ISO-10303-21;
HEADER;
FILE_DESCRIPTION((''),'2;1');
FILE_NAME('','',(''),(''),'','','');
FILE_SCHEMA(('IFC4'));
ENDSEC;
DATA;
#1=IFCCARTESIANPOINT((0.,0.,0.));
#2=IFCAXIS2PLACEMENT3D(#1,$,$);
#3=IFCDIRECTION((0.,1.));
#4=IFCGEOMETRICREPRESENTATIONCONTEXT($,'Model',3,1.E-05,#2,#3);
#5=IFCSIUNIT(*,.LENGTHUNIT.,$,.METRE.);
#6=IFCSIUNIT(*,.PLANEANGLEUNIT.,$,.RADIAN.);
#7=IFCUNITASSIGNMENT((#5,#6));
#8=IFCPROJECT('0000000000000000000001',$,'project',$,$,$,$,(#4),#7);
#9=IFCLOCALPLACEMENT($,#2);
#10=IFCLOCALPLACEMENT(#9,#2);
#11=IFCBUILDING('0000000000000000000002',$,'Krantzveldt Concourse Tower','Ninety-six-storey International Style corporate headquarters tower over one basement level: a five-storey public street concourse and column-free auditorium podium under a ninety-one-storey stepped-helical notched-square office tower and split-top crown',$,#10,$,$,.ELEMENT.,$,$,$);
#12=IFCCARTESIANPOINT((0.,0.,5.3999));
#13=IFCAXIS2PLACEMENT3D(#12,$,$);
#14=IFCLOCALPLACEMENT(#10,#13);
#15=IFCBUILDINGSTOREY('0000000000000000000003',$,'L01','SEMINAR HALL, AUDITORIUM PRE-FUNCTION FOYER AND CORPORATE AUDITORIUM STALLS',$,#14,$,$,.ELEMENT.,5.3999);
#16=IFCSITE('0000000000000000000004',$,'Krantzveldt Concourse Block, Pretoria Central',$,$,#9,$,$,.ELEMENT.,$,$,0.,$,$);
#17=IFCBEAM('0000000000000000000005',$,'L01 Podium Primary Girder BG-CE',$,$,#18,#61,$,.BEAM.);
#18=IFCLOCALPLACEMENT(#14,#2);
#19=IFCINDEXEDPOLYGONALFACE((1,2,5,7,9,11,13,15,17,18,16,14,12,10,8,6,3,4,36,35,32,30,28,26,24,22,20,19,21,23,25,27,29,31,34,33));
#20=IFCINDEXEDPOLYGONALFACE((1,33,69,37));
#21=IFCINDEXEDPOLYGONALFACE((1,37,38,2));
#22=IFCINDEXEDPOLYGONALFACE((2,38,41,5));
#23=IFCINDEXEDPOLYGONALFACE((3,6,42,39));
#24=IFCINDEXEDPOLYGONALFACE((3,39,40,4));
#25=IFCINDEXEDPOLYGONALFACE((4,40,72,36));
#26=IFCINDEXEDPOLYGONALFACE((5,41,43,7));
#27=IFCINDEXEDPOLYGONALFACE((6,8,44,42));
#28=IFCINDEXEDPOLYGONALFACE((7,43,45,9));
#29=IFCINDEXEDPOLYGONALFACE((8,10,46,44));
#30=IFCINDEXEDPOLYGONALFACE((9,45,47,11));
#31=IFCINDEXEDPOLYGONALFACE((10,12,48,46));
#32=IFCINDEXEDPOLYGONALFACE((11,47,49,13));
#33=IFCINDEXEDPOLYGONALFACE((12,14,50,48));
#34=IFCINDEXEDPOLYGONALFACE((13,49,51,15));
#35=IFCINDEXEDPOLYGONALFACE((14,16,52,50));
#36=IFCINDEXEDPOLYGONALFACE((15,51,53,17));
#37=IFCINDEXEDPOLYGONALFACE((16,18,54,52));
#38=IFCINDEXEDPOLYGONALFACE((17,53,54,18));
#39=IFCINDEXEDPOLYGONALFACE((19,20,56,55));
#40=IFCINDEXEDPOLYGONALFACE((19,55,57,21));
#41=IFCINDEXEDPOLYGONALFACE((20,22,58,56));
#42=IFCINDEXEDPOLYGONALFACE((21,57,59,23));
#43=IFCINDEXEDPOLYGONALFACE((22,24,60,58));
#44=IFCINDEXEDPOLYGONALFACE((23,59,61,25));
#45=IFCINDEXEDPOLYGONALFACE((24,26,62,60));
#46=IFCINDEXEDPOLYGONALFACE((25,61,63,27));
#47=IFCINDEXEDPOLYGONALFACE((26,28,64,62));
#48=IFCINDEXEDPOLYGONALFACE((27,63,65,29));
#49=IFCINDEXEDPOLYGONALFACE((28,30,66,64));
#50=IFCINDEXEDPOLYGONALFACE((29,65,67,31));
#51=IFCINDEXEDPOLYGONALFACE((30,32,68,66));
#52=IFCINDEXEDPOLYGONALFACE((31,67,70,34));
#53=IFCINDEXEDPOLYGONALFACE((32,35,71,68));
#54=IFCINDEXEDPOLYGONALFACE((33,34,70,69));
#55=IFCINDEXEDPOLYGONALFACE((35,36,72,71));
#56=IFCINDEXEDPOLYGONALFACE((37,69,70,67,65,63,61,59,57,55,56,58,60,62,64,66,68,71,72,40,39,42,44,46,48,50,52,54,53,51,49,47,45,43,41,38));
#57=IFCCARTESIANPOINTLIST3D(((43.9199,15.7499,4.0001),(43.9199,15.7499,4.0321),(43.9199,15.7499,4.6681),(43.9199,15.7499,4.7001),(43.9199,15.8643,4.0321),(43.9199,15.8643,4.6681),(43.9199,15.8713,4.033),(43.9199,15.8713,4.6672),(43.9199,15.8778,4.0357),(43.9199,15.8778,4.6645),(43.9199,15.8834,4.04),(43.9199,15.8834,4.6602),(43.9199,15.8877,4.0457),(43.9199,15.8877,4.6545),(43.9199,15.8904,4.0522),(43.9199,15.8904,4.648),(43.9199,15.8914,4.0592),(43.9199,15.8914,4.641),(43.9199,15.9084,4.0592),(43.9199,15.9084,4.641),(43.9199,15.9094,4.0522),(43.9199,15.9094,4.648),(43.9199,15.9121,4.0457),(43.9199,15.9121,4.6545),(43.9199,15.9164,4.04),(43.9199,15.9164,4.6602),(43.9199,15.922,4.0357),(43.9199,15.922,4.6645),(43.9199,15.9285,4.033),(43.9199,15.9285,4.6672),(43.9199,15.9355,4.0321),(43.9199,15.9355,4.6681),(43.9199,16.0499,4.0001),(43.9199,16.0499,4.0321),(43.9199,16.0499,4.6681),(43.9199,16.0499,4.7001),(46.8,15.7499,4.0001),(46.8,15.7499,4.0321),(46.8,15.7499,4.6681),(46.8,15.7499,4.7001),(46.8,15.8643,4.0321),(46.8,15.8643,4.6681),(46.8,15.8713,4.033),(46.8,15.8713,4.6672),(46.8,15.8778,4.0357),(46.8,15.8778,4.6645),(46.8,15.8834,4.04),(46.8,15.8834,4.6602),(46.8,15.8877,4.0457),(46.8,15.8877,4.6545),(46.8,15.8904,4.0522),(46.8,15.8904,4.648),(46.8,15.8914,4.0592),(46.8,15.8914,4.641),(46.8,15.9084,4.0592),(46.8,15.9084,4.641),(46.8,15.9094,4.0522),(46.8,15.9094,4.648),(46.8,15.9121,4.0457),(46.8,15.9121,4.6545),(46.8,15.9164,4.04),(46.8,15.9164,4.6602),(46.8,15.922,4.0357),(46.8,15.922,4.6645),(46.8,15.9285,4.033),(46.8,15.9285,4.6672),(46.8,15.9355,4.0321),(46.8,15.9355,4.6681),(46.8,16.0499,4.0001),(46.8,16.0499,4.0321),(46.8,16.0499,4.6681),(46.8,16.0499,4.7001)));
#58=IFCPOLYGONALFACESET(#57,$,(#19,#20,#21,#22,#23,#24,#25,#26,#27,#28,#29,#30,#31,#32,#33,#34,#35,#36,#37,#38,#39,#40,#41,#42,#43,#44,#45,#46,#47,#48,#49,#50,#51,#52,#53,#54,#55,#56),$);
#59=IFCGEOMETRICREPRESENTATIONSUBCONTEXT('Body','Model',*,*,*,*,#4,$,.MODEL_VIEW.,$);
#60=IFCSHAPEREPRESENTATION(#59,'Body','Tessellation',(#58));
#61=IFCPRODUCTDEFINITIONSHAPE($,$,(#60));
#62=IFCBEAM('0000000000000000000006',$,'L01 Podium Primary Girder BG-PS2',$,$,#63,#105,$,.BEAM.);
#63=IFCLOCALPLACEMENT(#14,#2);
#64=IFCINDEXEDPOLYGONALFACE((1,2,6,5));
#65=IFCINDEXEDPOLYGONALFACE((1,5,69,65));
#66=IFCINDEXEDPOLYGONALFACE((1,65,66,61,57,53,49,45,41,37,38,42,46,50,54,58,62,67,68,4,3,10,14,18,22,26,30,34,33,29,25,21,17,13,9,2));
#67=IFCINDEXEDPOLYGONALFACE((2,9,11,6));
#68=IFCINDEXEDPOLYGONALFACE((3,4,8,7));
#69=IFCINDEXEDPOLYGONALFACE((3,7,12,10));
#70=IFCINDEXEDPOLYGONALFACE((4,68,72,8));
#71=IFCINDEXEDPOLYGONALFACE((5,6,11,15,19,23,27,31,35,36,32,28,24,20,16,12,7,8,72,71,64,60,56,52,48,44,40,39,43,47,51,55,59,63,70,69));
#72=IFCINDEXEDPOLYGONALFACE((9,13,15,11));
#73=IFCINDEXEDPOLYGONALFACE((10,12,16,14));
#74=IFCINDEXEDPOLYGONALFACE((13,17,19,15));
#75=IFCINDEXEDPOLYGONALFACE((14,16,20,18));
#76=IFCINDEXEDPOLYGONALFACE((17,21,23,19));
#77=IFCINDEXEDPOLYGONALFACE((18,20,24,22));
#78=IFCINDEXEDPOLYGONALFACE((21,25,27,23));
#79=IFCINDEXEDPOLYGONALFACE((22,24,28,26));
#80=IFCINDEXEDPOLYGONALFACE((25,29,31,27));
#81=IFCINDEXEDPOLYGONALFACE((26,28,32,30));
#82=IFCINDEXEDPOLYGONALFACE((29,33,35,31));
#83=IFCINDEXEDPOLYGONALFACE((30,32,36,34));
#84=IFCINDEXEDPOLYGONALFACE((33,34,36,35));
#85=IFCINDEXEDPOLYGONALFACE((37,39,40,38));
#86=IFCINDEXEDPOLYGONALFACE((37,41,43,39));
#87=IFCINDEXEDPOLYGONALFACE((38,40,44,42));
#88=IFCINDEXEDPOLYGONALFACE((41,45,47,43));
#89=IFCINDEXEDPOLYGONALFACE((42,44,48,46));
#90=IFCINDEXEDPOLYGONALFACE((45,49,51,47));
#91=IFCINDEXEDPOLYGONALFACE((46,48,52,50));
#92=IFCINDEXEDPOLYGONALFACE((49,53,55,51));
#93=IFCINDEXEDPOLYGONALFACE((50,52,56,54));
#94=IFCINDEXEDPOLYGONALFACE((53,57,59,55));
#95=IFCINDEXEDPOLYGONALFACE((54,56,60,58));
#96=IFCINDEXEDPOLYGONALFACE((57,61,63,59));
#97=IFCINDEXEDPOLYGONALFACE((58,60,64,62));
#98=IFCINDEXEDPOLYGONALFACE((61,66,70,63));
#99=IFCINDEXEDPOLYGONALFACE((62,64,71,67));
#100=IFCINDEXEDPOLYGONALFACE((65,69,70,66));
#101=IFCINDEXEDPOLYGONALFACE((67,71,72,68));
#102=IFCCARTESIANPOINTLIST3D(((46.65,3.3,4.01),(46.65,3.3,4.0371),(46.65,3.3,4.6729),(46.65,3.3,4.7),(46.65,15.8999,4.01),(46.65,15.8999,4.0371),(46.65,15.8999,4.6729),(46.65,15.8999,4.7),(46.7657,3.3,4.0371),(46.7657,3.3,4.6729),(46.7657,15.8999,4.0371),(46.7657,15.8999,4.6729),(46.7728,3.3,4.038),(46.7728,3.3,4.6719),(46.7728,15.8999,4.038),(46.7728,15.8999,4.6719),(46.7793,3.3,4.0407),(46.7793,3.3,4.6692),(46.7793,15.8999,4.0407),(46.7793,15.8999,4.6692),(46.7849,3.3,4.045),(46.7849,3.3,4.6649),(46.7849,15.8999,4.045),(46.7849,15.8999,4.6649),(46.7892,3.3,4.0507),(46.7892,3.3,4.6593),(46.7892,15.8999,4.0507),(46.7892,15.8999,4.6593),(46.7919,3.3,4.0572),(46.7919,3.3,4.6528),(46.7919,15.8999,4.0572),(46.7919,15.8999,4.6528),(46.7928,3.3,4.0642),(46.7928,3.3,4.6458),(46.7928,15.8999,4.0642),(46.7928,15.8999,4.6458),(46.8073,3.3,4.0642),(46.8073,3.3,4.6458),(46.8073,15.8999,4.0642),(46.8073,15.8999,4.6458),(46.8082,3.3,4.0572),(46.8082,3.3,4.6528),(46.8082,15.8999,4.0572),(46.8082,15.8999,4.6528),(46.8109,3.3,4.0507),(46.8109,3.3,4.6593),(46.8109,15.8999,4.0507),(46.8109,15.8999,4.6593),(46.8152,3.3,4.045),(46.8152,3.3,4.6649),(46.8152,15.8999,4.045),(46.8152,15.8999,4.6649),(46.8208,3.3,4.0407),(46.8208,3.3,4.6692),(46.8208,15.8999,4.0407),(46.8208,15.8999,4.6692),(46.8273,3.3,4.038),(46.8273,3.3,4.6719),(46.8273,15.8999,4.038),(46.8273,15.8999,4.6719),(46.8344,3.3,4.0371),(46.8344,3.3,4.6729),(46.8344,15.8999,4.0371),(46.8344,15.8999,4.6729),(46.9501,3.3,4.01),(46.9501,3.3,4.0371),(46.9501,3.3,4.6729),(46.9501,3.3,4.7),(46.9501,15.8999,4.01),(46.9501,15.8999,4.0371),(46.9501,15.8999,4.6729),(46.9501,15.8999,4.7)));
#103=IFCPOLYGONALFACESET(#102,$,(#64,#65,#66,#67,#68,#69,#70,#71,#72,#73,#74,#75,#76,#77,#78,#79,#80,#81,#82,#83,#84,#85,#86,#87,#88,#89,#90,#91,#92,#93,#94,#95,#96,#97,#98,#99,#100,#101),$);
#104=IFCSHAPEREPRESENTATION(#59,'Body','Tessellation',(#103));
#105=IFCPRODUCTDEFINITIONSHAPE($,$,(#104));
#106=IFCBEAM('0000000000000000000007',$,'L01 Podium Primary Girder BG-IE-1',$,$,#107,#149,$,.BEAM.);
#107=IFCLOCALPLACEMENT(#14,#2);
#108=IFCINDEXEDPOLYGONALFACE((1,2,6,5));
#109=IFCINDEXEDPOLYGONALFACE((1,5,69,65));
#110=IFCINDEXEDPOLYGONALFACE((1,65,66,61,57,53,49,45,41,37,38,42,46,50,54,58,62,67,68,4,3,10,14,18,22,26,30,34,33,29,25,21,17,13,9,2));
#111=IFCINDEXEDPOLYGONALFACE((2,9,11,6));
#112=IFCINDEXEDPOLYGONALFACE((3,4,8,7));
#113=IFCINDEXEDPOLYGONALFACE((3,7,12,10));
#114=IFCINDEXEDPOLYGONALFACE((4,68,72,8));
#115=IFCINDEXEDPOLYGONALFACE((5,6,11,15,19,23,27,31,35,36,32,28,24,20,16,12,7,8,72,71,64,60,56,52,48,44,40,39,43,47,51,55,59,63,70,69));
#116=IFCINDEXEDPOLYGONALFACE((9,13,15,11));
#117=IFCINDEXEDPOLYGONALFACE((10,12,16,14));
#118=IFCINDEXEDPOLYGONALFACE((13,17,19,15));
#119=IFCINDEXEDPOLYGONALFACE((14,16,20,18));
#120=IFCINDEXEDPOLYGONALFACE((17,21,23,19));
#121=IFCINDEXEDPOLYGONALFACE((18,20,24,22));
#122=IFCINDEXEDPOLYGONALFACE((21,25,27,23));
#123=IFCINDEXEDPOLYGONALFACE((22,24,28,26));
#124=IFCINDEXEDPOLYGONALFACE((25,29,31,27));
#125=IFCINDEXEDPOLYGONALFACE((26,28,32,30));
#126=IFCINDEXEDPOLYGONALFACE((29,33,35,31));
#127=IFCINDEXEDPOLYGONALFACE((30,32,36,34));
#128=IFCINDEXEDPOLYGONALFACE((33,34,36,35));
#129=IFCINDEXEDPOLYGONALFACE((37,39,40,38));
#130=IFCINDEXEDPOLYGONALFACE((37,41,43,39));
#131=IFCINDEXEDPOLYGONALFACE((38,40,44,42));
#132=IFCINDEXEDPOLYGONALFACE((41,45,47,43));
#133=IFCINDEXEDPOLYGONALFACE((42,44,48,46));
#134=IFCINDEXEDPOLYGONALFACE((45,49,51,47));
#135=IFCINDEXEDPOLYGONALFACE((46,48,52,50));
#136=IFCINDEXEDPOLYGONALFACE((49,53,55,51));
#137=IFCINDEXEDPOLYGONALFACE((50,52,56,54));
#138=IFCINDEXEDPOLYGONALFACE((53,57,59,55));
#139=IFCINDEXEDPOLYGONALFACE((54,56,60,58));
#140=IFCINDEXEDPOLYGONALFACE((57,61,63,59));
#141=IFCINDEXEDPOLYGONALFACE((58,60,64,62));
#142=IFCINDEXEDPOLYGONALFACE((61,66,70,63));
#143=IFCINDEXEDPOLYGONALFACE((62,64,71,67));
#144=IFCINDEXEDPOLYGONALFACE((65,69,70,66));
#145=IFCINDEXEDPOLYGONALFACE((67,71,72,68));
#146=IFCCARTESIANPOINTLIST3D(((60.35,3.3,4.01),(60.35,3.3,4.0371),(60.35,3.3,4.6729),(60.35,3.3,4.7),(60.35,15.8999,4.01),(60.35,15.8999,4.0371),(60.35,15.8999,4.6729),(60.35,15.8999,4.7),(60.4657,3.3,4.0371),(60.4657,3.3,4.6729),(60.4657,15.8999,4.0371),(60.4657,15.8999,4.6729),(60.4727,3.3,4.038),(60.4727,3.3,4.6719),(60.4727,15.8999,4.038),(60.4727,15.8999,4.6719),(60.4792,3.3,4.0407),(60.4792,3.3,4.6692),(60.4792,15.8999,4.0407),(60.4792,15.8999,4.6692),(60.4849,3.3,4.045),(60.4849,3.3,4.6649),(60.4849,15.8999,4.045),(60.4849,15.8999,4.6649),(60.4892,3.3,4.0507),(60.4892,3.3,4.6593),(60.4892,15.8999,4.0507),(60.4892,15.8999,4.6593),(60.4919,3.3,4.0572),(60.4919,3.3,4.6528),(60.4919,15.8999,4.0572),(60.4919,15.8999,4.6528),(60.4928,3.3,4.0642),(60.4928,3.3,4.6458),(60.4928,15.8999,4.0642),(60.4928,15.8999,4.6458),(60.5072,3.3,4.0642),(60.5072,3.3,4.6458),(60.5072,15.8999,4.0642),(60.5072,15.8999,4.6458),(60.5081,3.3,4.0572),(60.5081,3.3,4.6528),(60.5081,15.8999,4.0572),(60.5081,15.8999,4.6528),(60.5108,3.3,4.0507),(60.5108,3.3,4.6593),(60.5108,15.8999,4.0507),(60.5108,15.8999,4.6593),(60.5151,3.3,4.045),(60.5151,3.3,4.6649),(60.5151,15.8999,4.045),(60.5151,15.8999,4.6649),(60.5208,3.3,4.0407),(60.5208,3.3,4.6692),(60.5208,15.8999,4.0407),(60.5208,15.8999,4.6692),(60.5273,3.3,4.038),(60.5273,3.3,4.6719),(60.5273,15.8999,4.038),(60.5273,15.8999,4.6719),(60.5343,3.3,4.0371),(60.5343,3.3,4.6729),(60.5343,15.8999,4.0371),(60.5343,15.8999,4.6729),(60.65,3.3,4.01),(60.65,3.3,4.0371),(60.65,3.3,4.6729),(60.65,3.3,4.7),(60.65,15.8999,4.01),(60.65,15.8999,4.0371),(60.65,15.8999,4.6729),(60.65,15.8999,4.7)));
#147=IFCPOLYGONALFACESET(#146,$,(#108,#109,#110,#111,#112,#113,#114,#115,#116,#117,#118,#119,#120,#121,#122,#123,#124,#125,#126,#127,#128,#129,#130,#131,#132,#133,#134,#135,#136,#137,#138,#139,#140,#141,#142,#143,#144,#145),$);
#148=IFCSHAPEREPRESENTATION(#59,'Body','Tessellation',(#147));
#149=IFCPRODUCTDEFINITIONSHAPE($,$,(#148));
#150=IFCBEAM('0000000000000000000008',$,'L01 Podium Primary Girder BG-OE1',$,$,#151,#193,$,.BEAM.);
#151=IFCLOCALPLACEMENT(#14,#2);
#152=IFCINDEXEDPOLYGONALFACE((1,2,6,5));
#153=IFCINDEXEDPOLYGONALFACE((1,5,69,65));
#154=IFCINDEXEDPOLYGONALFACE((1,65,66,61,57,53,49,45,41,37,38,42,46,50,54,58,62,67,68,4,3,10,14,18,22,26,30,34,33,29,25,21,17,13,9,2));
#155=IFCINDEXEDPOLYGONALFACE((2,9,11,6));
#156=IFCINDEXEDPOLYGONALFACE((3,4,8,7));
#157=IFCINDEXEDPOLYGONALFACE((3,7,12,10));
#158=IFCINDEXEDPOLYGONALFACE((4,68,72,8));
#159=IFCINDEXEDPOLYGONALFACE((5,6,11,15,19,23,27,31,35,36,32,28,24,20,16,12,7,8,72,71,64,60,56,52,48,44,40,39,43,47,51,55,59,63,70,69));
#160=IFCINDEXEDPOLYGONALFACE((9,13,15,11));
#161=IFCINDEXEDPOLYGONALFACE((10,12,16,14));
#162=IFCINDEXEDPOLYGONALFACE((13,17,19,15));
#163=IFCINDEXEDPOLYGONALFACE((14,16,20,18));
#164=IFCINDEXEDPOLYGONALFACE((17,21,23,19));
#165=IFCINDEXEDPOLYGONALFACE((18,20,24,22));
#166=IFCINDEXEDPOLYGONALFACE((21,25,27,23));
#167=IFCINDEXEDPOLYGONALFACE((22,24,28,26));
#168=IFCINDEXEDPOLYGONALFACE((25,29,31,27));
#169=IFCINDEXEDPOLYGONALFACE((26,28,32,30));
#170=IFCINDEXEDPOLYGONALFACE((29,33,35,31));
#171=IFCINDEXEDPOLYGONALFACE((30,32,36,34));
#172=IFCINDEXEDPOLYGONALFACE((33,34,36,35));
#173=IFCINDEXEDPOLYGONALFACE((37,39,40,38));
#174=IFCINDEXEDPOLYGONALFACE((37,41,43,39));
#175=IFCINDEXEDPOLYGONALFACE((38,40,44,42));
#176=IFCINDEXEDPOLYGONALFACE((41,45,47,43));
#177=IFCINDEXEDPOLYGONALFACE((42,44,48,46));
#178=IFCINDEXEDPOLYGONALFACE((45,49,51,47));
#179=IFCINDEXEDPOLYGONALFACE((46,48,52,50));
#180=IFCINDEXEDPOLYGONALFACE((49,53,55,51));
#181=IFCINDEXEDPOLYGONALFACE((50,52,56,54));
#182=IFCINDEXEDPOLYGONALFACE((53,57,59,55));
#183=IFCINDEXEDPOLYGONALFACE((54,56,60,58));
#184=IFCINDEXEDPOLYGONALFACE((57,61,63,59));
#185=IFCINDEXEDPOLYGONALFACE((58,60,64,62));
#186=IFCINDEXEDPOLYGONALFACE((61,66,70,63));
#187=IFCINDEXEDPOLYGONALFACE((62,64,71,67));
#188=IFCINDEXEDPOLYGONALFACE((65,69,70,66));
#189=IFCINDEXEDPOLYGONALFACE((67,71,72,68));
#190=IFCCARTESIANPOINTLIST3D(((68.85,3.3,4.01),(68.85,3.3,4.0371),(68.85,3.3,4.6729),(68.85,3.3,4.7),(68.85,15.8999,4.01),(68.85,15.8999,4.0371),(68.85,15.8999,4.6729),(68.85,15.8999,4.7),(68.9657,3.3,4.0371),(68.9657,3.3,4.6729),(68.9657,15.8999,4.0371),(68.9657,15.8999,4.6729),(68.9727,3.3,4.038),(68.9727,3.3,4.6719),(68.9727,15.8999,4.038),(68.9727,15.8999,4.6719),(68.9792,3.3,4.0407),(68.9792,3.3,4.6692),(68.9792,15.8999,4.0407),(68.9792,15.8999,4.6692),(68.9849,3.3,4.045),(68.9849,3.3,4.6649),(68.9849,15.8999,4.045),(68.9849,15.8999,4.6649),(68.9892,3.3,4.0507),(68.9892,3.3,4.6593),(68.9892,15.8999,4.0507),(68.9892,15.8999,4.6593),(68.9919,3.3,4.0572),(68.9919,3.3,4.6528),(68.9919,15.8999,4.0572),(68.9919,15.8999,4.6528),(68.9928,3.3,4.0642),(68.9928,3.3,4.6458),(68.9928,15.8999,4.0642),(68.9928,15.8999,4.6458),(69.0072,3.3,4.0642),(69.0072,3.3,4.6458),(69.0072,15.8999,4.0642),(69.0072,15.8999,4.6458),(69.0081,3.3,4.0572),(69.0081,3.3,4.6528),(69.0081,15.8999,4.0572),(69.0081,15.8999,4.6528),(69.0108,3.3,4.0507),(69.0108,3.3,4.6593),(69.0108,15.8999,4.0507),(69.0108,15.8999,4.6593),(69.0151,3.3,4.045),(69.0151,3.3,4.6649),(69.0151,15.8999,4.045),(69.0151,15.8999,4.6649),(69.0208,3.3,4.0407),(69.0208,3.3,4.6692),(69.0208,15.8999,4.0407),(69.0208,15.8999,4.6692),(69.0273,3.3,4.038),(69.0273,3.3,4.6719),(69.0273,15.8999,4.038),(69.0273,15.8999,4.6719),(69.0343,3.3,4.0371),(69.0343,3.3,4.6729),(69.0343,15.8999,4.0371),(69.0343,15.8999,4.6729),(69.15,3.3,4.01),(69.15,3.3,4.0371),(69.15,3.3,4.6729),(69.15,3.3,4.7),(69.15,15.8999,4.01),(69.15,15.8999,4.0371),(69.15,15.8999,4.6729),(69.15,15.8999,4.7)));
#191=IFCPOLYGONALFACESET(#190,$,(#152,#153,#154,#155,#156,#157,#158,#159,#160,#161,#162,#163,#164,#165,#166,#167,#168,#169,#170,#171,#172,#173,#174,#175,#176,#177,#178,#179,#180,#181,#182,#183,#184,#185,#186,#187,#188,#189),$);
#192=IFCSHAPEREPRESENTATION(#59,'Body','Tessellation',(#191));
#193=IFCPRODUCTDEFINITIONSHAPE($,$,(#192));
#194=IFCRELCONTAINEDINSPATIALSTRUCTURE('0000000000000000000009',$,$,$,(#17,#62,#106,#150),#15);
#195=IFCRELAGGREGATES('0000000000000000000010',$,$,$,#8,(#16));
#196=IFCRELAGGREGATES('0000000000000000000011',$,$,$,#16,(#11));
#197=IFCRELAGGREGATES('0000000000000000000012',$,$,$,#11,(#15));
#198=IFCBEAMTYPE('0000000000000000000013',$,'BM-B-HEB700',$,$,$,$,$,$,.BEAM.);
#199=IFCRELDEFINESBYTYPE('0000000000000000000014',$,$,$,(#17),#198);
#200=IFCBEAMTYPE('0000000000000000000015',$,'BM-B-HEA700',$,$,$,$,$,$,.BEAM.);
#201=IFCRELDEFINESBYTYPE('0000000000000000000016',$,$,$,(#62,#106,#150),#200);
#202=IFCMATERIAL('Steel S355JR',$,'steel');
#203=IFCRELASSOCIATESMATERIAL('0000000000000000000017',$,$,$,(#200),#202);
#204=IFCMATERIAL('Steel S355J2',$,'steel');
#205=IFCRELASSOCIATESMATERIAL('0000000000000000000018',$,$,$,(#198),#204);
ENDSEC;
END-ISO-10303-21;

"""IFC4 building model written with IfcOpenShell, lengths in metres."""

from ifc_helpers import new_model, si_unit, direction, frame, origin, origin_2d, place, context, subcontext, project, spatial, i_section, extrude, source, transform, mapped, material, material_profile, profile_set, type_object, element, save


model = new_model("IFC4")

# Units and contexts
model_context = context("Model", 3, precision=1e-05, world=origin(), true_north=direction((0.0, 1.0)))
body_context = subcontext(model_context, "Body", "Model", "MODEL_VIEW")
ifc_project = project(units=[si_unit("LENGTHUNIT", "METRE"), si_unit("PLANEANGLEUNIT", "RADIAN")], contexts=[model_context])

# Site, building, storey
site_placement = place(None, origin())
site = spatial("IfcSite", under=ifc_project, at=site_placement, Name="Krantzveldt Concourse Block, Pretoria Central", CompositionType="ELEMENT", RefElevation=0.0)
building_placement = place(site_placement, origin())
building = spatial("IfcBuilding", under=site, at=building_placement, Name="Krantzveldt Concourse Tower", Description="Ninety-six-storey International Style corporate headquarters tower over one basement level: a five-storey public street concourse and column-free auditorium podium under a ninety-one-storey stepped-helical notched-square office tower and split-top crown", CompositionType="ELEMENT")
storey_placement = place(building_placement, frame((0.0, 0.0, 5.3999)))
storey = spatial("IfcBuildingStorey", under=building, at=storey_placement, Name="L01", Description="SEMINAR HALL, AUDITORIUM PRE-FUNCTION FOYER AND CORPORATE AUDITORIUM STALLS", CompositionType="ELEMENT", Elevation=5.3999)

# Beams
ifc_material_1 = material(Name="Steel S355J2", Category="steel")
ifc_material_2 = material(Name="Steel S355JR", Category="steel")
ifc_material_profile_1 = material_profile(ifc_material_2, i_section(OverallWidth=0.3, OverallDepth=0.6899, WebThickness=0.0144, FlangeThickness=0.0271, FilletRadius=0.0271, at=origin_2d()), Name="Steel S355JR", Category="steel")
ifc_profile_set_1 = profile_set([ifc_material_profile_1], Name="Steel S355JR - HEA 700")
beam_type_1 = type_object("IfcBeamType", Name="BM-B-HEA700", PredefinedType="BEAM", material=ifc_profile_set_1)
ifc_material_profile_2 = material_profile(ifc_material_1, i_section(OverallWidth=0.3, OverallDepth=0.7, WebThickness=0.0171, FlangeThickness=0.032, FilletRadius=0.0271, at=origin_2d()), Name="Steel S355J2", Category="steel")
ifc_profile_set_2 = profile_set([ifc_material_profile_2], Name="Steel S355J2 - HEB 700")
beam_type_2 = type_object("IfcBeamType", Name="BM-B-HEB700", PredefinedType="BEAM", material=ifc_profile_set_2)
shared_shape_1 = source(origin(), body_context, "Body", "SweptSolid", [
    extrude(i_section(OverallWidth=0.3, OverallDepth=0.7, WebThickness=0.0171, FlangeThickness=0.032, FilletRadius=0.0271, at=origin_2d()), origin(), (0.0, 0.0, 1.0), 2.8801),
])
beam_1_placement = place(storey_placement, frame((43.9199, 15.8999, 4.3501), z_axis=(1.0, 0.0, 0.0), x_axis=(0.0, 1.0, 0.0)))
element("IfcBeam", 1, at=beam_1_placement, inside=storey, type_object=beam_type_2, Name="L01 Podium Primary Girder BG-CE", PredefinedType="BEAM", context=body_context, shape_type="MappedRepresentation", body=[
    mapped(shared_shape_1, transform((0.0, 0.0, 0.0), x_axis=(1.0, 0.0, 0.0), y_axis=(0.0, 1.0, 0.0), z_axis=(0.0, 0.0, 1.0), scale=1.0)),
])
shared_shape_2 = source(origin(), body_context, "Body", "SweptSolid", [
    extrude(i_section(OverallWidth=0.3, OverallDepth=0.6899, WebThickness=0.0144, FlangeThickness=0.0271, FilletRadius=0.0271, at=origin_2d()), origin(), (0.0, 0.0, 1.0), 12.5999),
])
for number, where, z_axis, x_axis, name in (
    (2, (46.8, 3.3, 4.355), (0.0, 1.0, 0.0), (-1.0, 0.0, 0.0), "L01 Podium Primary Girder BG-PS2"),
    (3, (60.5, 3.3, 4.355), (0.0, 1.0, 0.0), (-1.0, 0.0, 0.0), "L01 Podium Primary Girder BG-IE-1"),
    (4, (69.0, 3.3, 4.355), (0.0, 1.0, 0.0), (-1.0, 0.0, 0.0), "L01 Podium Primary Girder BG-OE1"),
):
    element("IfcBeam", number, at=place(storey_placement, frame(where, z_axis=z_axis, x_axis=x_axis)), inside=storey, type_object=beam_type_1, Name=name, PredefinedType="BEAM", context=body_context, shape_type="MappedRepresentation", body=[
        mapped(shared_shape_2, transform((0.0, 0.0, 0.0), x_axis=(1.0, 0.0, 0.0), y_axis=(0.0, 1.0, 0.0), z_axis=(0.0, 0.0, 1.0), scale=1.0)),
    ])

save(model, "model.ifc")
